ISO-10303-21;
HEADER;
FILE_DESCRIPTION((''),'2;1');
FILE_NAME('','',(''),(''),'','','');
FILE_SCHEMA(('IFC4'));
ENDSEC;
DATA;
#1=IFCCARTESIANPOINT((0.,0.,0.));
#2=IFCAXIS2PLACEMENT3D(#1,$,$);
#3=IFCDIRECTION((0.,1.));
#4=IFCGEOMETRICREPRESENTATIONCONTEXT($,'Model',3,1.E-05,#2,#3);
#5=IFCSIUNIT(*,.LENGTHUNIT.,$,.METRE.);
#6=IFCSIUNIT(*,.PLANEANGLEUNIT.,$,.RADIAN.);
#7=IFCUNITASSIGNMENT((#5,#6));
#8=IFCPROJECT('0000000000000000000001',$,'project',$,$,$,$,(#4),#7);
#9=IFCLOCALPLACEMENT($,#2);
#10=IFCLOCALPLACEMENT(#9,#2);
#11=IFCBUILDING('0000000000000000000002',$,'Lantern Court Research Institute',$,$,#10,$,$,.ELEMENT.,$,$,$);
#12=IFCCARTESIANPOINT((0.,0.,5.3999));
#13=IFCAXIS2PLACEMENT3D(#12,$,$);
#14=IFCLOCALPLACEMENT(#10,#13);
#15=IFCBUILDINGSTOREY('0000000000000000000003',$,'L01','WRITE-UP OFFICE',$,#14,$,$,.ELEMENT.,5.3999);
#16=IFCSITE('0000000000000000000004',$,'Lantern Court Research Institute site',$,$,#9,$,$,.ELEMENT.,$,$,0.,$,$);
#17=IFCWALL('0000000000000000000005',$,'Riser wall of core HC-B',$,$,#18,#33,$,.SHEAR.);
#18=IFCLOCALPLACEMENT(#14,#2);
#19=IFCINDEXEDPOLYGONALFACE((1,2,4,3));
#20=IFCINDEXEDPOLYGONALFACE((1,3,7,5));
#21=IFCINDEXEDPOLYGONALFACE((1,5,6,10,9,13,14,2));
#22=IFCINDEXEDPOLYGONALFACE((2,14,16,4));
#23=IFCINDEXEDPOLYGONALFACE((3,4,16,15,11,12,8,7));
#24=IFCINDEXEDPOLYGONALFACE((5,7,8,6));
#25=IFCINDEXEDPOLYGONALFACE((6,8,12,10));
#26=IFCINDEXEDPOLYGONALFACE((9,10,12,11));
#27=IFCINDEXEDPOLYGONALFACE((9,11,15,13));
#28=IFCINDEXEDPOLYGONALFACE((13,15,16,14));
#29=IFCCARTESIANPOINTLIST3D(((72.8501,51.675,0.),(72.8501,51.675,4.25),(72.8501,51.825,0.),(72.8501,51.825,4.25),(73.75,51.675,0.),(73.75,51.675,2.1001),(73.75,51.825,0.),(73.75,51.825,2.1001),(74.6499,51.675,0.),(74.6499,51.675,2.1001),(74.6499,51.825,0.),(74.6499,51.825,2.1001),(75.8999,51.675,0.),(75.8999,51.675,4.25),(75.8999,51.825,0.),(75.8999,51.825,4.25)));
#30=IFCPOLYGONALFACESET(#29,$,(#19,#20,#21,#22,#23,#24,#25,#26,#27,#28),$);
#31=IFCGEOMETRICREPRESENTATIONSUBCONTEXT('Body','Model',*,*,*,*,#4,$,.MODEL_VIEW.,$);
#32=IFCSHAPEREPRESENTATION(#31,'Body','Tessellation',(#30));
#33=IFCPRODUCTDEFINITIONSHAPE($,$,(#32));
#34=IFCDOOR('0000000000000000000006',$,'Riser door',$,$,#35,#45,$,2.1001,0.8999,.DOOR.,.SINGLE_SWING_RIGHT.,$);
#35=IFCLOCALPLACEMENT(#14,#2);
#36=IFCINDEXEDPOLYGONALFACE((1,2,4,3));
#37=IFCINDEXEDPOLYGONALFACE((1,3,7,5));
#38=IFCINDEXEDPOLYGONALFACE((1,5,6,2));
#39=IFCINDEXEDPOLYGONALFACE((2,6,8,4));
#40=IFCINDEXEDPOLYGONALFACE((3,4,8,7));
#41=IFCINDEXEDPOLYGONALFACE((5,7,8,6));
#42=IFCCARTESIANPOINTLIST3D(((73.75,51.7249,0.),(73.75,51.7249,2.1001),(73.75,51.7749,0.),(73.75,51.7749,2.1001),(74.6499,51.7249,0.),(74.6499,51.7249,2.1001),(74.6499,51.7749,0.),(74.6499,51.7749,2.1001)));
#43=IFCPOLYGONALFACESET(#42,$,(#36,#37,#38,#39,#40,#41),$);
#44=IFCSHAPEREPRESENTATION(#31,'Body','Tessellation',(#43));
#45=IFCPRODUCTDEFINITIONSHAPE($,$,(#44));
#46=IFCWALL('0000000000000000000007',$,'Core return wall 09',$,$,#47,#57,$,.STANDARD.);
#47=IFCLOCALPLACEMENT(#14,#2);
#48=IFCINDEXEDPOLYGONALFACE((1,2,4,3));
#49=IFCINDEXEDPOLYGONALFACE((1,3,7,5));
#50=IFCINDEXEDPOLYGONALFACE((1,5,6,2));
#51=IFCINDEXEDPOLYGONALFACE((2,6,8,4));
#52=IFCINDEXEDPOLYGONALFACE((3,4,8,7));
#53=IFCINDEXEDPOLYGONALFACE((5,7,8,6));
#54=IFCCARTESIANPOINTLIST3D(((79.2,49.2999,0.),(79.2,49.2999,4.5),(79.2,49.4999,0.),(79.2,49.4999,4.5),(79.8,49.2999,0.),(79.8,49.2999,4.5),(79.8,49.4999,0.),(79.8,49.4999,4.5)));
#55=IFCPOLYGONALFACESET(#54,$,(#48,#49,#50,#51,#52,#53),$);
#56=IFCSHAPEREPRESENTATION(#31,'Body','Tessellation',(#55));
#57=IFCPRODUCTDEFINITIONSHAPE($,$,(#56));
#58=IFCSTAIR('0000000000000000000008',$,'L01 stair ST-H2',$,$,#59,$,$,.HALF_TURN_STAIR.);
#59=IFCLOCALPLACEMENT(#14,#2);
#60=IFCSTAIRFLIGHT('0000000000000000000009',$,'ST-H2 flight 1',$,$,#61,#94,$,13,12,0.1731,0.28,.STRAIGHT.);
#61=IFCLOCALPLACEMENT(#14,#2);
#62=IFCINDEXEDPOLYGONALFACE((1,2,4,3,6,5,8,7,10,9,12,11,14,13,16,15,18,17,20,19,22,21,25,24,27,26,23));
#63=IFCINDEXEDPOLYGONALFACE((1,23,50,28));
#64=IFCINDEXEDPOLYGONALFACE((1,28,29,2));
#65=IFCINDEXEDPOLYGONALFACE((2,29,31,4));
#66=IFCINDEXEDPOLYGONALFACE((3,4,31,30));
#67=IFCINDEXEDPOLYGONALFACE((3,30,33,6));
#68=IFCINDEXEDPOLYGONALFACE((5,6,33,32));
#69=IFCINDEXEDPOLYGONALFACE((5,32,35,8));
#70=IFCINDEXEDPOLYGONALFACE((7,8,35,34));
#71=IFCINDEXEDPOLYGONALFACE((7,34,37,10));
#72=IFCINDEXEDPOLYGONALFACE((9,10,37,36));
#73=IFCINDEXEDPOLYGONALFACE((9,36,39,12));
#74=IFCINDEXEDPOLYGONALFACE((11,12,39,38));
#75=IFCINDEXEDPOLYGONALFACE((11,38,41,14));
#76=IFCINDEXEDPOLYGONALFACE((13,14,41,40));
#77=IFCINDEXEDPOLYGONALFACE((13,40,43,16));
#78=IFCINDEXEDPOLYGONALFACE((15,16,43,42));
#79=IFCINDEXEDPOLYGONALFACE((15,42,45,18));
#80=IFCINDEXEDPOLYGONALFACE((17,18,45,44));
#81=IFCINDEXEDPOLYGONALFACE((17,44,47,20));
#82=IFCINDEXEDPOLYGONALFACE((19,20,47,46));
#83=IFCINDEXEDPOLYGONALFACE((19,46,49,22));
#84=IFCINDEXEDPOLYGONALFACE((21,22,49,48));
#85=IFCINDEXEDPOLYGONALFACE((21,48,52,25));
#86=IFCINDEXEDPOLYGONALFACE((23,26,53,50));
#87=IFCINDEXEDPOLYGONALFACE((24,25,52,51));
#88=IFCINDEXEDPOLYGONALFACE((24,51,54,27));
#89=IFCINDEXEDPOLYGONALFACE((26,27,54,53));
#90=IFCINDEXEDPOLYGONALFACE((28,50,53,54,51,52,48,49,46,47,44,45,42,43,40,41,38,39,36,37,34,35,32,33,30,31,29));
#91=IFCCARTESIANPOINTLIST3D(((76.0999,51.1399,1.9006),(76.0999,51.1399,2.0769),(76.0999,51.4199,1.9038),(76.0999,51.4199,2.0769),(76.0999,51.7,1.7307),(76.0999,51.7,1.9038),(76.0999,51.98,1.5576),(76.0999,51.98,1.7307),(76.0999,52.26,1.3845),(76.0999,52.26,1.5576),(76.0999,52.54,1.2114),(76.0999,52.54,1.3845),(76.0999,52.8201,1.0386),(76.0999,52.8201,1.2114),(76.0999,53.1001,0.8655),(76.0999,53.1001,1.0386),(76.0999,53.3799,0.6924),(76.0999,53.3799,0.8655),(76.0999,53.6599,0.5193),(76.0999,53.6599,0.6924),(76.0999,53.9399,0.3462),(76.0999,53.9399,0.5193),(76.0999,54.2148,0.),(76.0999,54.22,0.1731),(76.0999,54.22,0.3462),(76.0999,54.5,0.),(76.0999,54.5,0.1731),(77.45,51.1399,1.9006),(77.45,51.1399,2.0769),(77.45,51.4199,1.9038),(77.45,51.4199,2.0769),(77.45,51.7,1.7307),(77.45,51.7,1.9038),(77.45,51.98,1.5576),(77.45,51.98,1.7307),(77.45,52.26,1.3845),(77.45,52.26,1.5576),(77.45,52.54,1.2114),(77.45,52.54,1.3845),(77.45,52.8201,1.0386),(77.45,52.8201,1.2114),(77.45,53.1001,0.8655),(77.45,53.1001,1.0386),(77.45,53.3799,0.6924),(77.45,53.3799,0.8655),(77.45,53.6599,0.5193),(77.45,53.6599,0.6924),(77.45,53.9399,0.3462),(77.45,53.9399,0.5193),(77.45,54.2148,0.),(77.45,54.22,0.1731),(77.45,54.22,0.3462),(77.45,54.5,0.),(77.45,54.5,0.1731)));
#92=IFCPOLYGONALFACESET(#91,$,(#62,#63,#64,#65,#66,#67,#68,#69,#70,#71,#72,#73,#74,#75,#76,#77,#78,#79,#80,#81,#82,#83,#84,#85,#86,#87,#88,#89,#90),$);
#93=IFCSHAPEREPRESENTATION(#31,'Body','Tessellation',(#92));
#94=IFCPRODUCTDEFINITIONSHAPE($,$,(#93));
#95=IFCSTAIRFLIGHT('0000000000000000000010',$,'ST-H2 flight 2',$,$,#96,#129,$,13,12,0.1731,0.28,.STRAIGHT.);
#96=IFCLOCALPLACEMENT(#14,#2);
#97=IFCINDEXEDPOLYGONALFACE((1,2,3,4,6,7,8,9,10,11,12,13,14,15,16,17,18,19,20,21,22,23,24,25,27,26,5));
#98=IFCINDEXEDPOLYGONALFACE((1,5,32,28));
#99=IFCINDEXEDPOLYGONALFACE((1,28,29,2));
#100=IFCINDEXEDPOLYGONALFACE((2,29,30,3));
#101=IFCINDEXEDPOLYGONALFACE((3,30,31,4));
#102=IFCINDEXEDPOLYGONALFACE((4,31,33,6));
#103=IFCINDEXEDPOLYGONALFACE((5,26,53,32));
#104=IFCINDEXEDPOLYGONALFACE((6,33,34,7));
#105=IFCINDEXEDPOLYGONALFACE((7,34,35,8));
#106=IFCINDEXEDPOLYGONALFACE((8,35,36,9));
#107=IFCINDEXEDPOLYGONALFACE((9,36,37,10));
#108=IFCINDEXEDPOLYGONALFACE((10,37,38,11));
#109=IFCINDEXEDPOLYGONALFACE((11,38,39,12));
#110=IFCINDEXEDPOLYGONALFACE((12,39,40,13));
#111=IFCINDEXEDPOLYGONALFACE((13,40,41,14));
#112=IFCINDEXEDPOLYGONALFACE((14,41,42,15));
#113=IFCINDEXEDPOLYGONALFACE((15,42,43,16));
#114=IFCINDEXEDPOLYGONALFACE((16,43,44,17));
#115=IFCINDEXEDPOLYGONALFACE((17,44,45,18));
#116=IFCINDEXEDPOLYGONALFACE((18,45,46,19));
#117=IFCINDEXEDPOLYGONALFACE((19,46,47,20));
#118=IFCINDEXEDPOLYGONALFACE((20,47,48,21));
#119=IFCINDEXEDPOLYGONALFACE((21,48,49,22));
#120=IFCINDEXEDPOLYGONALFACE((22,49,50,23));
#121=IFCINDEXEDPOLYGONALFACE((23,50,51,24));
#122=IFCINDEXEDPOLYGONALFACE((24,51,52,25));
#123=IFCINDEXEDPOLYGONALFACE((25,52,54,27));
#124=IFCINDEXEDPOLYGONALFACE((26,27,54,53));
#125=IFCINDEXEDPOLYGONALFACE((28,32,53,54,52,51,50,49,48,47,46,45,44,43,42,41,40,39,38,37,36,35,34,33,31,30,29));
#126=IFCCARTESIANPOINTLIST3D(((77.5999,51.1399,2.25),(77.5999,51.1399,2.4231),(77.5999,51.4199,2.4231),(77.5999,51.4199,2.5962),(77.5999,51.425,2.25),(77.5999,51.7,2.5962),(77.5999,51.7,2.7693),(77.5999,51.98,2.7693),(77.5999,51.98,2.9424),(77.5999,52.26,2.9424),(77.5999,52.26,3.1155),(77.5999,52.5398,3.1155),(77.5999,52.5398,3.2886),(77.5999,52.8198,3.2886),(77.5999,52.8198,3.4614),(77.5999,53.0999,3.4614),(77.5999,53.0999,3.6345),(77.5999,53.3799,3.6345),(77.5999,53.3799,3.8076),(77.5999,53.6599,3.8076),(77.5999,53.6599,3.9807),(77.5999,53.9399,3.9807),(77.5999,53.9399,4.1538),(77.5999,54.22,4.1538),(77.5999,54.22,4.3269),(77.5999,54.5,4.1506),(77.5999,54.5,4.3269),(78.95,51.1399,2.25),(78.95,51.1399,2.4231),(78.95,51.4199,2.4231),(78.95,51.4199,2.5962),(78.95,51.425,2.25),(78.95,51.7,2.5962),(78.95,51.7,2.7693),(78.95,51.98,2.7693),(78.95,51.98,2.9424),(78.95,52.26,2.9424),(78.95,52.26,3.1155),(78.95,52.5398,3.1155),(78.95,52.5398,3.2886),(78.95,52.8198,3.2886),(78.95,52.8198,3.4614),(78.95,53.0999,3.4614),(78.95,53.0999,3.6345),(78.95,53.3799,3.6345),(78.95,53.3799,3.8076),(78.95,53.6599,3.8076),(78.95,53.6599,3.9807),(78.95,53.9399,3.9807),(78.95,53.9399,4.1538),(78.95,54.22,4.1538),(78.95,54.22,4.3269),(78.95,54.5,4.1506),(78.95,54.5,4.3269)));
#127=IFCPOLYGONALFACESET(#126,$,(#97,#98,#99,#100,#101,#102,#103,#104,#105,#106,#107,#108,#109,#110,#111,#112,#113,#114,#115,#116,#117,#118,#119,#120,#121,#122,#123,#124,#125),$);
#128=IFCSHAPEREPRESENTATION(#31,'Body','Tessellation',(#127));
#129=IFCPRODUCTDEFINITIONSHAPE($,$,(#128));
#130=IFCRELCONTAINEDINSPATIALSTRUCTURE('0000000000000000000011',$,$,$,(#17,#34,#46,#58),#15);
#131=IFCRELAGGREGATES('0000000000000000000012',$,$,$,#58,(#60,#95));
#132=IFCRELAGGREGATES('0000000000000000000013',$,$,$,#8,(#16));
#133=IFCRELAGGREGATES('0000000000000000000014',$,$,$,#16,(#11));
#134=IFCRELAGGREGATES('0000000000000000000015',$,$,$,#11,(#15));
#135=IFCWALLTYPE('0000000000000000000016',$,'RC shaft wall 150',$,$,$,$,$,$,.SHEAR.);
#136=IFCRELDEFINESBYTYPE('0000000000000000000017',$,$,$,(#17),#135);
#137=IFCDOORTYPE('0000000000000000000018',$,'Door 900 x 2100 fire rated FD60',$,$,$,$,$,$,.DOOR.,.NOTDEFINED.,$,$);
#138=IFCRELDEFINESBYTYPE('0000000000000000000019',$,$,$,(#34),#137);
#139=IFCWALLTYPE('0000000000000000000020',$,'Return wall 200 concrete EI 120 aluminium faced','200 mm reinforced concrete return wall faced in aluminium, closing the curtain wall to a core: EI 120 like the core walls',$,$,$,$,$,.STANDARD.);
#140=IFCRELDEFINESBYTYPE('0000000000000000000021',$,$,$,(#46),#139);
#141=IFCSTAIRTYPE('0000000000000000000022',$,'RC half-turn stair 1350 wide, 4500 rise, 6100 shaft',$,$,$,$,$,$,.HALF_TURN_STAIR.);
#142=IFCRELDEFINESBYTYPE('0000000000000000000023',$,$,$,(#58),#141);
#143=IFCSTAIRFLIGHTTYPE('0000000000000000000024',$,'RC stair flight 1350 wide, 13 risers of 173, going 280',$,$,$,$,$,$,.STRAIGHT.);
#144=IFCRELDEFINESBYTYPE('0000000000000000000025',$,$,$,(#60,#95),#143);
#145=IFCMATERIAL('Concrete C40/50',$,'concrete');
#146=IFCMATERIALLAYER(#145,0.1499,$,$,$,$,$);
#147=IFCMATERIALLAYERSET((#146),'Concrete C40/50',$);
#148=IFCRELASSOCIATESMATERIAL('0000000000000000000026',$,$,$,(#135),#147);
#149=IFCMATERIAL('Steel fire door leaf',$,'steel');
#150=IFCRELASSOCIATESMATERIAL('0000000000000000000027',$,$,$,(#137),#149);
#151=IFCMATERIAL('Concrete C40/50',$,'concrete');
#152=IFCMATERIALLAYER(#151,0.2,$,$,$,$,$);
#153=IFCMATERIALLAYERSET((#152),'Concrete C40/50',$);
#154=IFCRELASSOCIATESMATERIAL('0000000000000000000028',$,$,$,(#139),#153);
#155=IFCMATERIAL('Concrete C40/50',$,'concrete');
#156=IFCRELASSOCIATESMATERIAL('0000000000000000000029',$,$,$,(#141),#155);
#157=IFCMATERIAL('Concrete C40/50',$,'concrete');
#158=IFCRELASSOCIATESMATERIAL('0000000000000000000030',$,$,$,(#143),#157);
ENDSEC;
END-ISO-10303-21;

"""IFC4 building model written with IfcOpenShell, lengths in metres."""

from ifc_helpers import new_model, si_unit, direction, frame, frame_2d, origin, place, context, subcontext, project, spatial, polyline, rectangle, outline, extrude, material, layer, layer_set, type_object, element, fill, aggregate, save


model = new_model("IFC4")

# Units and contexts
model_context = context("Model", 3, precision=1e-05, world=origin(), true_north=direction((0.0, 1.0)))
body_context = subcontext(model_context, "Body", "Model", "MODEL_VIEW")
ifc_project = project(units=[si_unit("LENGTHUNIT", "METRE"), si_unit("PLANEANGLEUNIT", "RADIAN")], contexts=[model_context])

# Site, building, storey
site_placement = place(None, origin())
site = spatial("IfcSite", under=ifc_project, at=site_placement, Name="Lantern Court Research Institute site", CompositionType="ELEMENT", RefElevation=0.0)
building_placement = place(site_placement, origin())
building = spatial("IfcBuilding", under=site, at=building_placement, Name="Lantern Court Research Institute", CompositionType="ELEMENT")
storey_placement = place(building_placement, frame((0.0, 0.0, 5.3999)))
storey = spatial("IfcBuildingStorey", under=building, at=storey_placement, Name="L01", Description="WRITE-UP OFFICE", CompositionType="ELEMENT", Elevation=5.3999)

# Wall, opening, door
ifc_material_1 = material(Name="Concrete C40/50", Category="concrete")
ifc_layer_1 = layer(ifc_material_1, 0.1499)
ifc_layer_set_1 = layer_set([ifc_layer_1], Name="Concrete C40/50")
wall_type_1 = type_object("IfcWallType", Name="RC shaft wall 150", PredefinedType="SHEAR", material=ifc_layer_set_1)
wall_1_placement = place(storey_placement, frame((72.8501, 51.75, 0.0), z_axis=(0.0, 0.0, 1.0), x_axis=(1.0, 0.0, 0.0)))
wall_1 = element("IfcWall", 1, at=wall_1_placement, inside=storey, type_object=wall_type_1, Name="Riser wall of core HC-B", PredefinedType="SHEAR", context=body_context, shape_type="SweptSolid", body=[
    extrude(rectangle(XDim=3.0498, YDim=0.1499, at=frame_2d((1.5249, 0.0))), origin(), (0.0, 0.0, 1.0), 4.25),
])
opening_1_placement = place(wall_1_placement, frame((0.8999, 0.0, 0.0)))
opening_1 = element("IfcOpeningElement", 2, at=opening_1_placement, cuts=wall_1, PredefinedType="OPENING", context=body_context, shape_type="SweptSolid", body=[
    extrude(rectangle(XDim=0.8999, YDim=2.1001, at=frame_2d((0.45, 1.05))), frame((0.0, 0.085, 0.0), z_axis=(0.0, -1.0, 0.0), x_axis=(1.0, 0.0, 0.0)), (0.0, 0.0, 1.0), 0.1699),
])
ifc_material_2 = material(Name="Steel fire door leaf", Category="steel")
door_type_1 = type_object("IfcDoorType", Name="Door 900 x 2100 fire rated FD60", OperationType="NOTDEFINED", PredefinedType="DOOR", material=ifc_material_2)
door_1_placement = place(opening_1_placement, origin())
door_1 = element("IfcDoor", 3, at=door_1_placement, inside=storey, type_object=door_type_1, Name="Riser door", OperationType="SINGLE_SWING_RIGHT", OverallHeight=2.1001, OverallWidth=0.8999, PredefinedType="DOOR", context=body_context, shape_type="SweptSolid", body=[
    extrude(rectangle(XDim=0.8999, YDim=2.1001, at=frame_2d((0.45, 1.05))), frame((0.0, 0.0249, 0.0), z_axis=(0.0, -1.0, 0.0), x_axis=(1.0, 0.0, 0.0)), (0.0, 0.0, 1.0), 0.05),
])
fill(opening_1, door_1)

# Wall
ifc_material_3 = material(Name="Concrete C40/50", Category="concrete")
ifc_layer_2 = layer(ifc_material_3, 0.2)
ifc_layer_set_2 = layer_set([ifc_layer_2], Name="Concrete C40/50")
wall_type_2 = type_object("IfcWallType", Name="Return wall 200 concrete EI 120 aluminium faced", Description="200 mm reinforced concrete return wall faced in aluminium, closing the curtain wall to a core: EI 120 like the core walls", PredefinedType="STANDARD", material=ifc_layer_set_2)
wall_2_placement = place(storey_placement, frame((79.2, 49.3999, 0.0), z_axis=(0.0, 0.0, 1.0), x_axis=(1.0, 0.0, 0.0)))
element("IfcWall", 4, at=wall_2_placement, inside=storey, type_object=wall_type_2, Name="Core return wall 09", PredefinedType="STANDARD", context=body_context, shape_type="SweptSolid", body=[
    extrude(rectangle(XDim=0.6001, YDim=0.2, at=frame_2d((0.3, 0.0))), origin(), (0.0, 0.0, 1.0), 4.5),
])

# Stair, stair flights
ifc_material_4 = material(Name="Concrete C40/50", Category="concrete")
stair_type = type_object("IfcStairType", Name="RC half-turn stair 1350 wide, 4500 rise, 6100 shaft", PredefinedType="HALF_TURN_STAIR", material=ifc_material_4)
stair_placement = place(storey_placement, origin())
stair = element("IfcStair", 5, at=stair_placement, inside=storey, type_object=stair_type, Name="L01 stair ST-H2", PredefinedType="HALF_TURN_STAIR")
ifc_material_5 = material(Name="Concrete C40/50", Category="concrete")
stair_flight_type = type_object("IfcStairFlightType", Name="RC stair flight 1350 wide, 13 risers of 173, going 280", PredefinedType="STRAIGHT", material=ifc_material_5)
stair_flight_1_placement = place(storey_placement, frame((76.7749, 54.5, 0.0), z_axis=(0.0, 0.0, 1.0), x_axis=(0.0, -1.0, 0.0)))
stair_flight_1 = element("IfcStairFlight", 6, at=stair_flight_1_placement, type_object=stair_flight_type, Name="ST-H2 flight 1", NumberOfRisers=13, NumberOfTreads=12, PredefinedType="STRAIGHT", RiserHeight=0.1731, TreadLength=0.28, context=body_context, shape_type="SweptSolid", body=[
    extrude(outline(polyline([(0.0, 0.0), (0.0, 0.1731), (0.28, 0.1731), (0.28, 0.3462), (0.5601, 0.3462), (0.5601, 0.5193), (0.8401, 0.5193), (0.8401, 0.6924), (1.1201, 0.6924), (1.1201, 0.8655), (1.3999, 0.8655), (1.3999, 1.0386), (1.6799, 1.0386), (1.6799, 1.2114), (1.96, 1.2114), (1.96, 1.3845), (2.24, 1.3845), (2.24, 1.5576), (2.52, 1.5576), (2.52, 1.7307), (2.8, 1.7307), (2.8, 1.9038), (3.0801, 1.9038), (3.0801, 2.0769), (3.3601, 2.0769), (3.3601, 2.25), (3.3601, 1.9006), (0.2852, 0.0), (0.0, 0.0)])), frame((0.0, 0.675, 0.0), z_axis=(0.0, -1.0, 0.0), x_axis=(1.0, 0.0, 0.0)), (0.0, 0.0, 1.0), 1.3501),
])
stair_flight_2_placement = place(storey_placement, frame((78.2749, 51.1399, 2.25), z_axis=(0.0, 0.0, 1.0), x_axis=(0.0, 1.0, 0.0)))
stair_flight_2 = element("IfcStairFlight", 7, at=stair_flight_2_placement, type_object=stair_flight_type, Name="ST-H2 flight 2", NumberOfRisers=13, NumberOfTreads=12, PredefinedType="STRAIGHT", RiserHeight=0.1731, TreadLength=0.28, context=body_context, shape_type="SweptSolid", body=[
    extrude(outline(polyline([(0.0, 0.0), (0.0, 0.1731), (0.28, 0.1731), (0.28, 0.3462), (0.5601, 0.3462), (0.5601, 0.5193), (0.8401, 0.5193), (0.8401, 0.6924), (1.1201, 0.6924), (1.1201, 0.8655), (1.3999, 0.8655), (1.3999, 1.0386), (1.6799, 1.0386), (1.6799, 1.2114), (1.96, 1.2114), (1.96, 1.3845), (2.24, 1.3845), (2.24, 1.5576), (2.52, 1.5576), (2.52, 1.7307), (2.8, 1.7307), (2.8, 1.9038), (3.0801, 1.9038), (3.0801, 2.0769), (3.3601, 2.0769), (3.3601, 2.25), (3.3601, 1.9006), (0.2852, 0.0), (0.0, 0.0)])), frame((0.0, 0.675, 0.0), z_axis=(0.0, -1.0, 0.0), x_axis=(1.0, 0.0, 0.0)), (0.0, 0.0, 1.0), 1.3501),
])
aggregate(stair, [stair_flight_1, stair_flight_2])

save(model, "model.ifc")
